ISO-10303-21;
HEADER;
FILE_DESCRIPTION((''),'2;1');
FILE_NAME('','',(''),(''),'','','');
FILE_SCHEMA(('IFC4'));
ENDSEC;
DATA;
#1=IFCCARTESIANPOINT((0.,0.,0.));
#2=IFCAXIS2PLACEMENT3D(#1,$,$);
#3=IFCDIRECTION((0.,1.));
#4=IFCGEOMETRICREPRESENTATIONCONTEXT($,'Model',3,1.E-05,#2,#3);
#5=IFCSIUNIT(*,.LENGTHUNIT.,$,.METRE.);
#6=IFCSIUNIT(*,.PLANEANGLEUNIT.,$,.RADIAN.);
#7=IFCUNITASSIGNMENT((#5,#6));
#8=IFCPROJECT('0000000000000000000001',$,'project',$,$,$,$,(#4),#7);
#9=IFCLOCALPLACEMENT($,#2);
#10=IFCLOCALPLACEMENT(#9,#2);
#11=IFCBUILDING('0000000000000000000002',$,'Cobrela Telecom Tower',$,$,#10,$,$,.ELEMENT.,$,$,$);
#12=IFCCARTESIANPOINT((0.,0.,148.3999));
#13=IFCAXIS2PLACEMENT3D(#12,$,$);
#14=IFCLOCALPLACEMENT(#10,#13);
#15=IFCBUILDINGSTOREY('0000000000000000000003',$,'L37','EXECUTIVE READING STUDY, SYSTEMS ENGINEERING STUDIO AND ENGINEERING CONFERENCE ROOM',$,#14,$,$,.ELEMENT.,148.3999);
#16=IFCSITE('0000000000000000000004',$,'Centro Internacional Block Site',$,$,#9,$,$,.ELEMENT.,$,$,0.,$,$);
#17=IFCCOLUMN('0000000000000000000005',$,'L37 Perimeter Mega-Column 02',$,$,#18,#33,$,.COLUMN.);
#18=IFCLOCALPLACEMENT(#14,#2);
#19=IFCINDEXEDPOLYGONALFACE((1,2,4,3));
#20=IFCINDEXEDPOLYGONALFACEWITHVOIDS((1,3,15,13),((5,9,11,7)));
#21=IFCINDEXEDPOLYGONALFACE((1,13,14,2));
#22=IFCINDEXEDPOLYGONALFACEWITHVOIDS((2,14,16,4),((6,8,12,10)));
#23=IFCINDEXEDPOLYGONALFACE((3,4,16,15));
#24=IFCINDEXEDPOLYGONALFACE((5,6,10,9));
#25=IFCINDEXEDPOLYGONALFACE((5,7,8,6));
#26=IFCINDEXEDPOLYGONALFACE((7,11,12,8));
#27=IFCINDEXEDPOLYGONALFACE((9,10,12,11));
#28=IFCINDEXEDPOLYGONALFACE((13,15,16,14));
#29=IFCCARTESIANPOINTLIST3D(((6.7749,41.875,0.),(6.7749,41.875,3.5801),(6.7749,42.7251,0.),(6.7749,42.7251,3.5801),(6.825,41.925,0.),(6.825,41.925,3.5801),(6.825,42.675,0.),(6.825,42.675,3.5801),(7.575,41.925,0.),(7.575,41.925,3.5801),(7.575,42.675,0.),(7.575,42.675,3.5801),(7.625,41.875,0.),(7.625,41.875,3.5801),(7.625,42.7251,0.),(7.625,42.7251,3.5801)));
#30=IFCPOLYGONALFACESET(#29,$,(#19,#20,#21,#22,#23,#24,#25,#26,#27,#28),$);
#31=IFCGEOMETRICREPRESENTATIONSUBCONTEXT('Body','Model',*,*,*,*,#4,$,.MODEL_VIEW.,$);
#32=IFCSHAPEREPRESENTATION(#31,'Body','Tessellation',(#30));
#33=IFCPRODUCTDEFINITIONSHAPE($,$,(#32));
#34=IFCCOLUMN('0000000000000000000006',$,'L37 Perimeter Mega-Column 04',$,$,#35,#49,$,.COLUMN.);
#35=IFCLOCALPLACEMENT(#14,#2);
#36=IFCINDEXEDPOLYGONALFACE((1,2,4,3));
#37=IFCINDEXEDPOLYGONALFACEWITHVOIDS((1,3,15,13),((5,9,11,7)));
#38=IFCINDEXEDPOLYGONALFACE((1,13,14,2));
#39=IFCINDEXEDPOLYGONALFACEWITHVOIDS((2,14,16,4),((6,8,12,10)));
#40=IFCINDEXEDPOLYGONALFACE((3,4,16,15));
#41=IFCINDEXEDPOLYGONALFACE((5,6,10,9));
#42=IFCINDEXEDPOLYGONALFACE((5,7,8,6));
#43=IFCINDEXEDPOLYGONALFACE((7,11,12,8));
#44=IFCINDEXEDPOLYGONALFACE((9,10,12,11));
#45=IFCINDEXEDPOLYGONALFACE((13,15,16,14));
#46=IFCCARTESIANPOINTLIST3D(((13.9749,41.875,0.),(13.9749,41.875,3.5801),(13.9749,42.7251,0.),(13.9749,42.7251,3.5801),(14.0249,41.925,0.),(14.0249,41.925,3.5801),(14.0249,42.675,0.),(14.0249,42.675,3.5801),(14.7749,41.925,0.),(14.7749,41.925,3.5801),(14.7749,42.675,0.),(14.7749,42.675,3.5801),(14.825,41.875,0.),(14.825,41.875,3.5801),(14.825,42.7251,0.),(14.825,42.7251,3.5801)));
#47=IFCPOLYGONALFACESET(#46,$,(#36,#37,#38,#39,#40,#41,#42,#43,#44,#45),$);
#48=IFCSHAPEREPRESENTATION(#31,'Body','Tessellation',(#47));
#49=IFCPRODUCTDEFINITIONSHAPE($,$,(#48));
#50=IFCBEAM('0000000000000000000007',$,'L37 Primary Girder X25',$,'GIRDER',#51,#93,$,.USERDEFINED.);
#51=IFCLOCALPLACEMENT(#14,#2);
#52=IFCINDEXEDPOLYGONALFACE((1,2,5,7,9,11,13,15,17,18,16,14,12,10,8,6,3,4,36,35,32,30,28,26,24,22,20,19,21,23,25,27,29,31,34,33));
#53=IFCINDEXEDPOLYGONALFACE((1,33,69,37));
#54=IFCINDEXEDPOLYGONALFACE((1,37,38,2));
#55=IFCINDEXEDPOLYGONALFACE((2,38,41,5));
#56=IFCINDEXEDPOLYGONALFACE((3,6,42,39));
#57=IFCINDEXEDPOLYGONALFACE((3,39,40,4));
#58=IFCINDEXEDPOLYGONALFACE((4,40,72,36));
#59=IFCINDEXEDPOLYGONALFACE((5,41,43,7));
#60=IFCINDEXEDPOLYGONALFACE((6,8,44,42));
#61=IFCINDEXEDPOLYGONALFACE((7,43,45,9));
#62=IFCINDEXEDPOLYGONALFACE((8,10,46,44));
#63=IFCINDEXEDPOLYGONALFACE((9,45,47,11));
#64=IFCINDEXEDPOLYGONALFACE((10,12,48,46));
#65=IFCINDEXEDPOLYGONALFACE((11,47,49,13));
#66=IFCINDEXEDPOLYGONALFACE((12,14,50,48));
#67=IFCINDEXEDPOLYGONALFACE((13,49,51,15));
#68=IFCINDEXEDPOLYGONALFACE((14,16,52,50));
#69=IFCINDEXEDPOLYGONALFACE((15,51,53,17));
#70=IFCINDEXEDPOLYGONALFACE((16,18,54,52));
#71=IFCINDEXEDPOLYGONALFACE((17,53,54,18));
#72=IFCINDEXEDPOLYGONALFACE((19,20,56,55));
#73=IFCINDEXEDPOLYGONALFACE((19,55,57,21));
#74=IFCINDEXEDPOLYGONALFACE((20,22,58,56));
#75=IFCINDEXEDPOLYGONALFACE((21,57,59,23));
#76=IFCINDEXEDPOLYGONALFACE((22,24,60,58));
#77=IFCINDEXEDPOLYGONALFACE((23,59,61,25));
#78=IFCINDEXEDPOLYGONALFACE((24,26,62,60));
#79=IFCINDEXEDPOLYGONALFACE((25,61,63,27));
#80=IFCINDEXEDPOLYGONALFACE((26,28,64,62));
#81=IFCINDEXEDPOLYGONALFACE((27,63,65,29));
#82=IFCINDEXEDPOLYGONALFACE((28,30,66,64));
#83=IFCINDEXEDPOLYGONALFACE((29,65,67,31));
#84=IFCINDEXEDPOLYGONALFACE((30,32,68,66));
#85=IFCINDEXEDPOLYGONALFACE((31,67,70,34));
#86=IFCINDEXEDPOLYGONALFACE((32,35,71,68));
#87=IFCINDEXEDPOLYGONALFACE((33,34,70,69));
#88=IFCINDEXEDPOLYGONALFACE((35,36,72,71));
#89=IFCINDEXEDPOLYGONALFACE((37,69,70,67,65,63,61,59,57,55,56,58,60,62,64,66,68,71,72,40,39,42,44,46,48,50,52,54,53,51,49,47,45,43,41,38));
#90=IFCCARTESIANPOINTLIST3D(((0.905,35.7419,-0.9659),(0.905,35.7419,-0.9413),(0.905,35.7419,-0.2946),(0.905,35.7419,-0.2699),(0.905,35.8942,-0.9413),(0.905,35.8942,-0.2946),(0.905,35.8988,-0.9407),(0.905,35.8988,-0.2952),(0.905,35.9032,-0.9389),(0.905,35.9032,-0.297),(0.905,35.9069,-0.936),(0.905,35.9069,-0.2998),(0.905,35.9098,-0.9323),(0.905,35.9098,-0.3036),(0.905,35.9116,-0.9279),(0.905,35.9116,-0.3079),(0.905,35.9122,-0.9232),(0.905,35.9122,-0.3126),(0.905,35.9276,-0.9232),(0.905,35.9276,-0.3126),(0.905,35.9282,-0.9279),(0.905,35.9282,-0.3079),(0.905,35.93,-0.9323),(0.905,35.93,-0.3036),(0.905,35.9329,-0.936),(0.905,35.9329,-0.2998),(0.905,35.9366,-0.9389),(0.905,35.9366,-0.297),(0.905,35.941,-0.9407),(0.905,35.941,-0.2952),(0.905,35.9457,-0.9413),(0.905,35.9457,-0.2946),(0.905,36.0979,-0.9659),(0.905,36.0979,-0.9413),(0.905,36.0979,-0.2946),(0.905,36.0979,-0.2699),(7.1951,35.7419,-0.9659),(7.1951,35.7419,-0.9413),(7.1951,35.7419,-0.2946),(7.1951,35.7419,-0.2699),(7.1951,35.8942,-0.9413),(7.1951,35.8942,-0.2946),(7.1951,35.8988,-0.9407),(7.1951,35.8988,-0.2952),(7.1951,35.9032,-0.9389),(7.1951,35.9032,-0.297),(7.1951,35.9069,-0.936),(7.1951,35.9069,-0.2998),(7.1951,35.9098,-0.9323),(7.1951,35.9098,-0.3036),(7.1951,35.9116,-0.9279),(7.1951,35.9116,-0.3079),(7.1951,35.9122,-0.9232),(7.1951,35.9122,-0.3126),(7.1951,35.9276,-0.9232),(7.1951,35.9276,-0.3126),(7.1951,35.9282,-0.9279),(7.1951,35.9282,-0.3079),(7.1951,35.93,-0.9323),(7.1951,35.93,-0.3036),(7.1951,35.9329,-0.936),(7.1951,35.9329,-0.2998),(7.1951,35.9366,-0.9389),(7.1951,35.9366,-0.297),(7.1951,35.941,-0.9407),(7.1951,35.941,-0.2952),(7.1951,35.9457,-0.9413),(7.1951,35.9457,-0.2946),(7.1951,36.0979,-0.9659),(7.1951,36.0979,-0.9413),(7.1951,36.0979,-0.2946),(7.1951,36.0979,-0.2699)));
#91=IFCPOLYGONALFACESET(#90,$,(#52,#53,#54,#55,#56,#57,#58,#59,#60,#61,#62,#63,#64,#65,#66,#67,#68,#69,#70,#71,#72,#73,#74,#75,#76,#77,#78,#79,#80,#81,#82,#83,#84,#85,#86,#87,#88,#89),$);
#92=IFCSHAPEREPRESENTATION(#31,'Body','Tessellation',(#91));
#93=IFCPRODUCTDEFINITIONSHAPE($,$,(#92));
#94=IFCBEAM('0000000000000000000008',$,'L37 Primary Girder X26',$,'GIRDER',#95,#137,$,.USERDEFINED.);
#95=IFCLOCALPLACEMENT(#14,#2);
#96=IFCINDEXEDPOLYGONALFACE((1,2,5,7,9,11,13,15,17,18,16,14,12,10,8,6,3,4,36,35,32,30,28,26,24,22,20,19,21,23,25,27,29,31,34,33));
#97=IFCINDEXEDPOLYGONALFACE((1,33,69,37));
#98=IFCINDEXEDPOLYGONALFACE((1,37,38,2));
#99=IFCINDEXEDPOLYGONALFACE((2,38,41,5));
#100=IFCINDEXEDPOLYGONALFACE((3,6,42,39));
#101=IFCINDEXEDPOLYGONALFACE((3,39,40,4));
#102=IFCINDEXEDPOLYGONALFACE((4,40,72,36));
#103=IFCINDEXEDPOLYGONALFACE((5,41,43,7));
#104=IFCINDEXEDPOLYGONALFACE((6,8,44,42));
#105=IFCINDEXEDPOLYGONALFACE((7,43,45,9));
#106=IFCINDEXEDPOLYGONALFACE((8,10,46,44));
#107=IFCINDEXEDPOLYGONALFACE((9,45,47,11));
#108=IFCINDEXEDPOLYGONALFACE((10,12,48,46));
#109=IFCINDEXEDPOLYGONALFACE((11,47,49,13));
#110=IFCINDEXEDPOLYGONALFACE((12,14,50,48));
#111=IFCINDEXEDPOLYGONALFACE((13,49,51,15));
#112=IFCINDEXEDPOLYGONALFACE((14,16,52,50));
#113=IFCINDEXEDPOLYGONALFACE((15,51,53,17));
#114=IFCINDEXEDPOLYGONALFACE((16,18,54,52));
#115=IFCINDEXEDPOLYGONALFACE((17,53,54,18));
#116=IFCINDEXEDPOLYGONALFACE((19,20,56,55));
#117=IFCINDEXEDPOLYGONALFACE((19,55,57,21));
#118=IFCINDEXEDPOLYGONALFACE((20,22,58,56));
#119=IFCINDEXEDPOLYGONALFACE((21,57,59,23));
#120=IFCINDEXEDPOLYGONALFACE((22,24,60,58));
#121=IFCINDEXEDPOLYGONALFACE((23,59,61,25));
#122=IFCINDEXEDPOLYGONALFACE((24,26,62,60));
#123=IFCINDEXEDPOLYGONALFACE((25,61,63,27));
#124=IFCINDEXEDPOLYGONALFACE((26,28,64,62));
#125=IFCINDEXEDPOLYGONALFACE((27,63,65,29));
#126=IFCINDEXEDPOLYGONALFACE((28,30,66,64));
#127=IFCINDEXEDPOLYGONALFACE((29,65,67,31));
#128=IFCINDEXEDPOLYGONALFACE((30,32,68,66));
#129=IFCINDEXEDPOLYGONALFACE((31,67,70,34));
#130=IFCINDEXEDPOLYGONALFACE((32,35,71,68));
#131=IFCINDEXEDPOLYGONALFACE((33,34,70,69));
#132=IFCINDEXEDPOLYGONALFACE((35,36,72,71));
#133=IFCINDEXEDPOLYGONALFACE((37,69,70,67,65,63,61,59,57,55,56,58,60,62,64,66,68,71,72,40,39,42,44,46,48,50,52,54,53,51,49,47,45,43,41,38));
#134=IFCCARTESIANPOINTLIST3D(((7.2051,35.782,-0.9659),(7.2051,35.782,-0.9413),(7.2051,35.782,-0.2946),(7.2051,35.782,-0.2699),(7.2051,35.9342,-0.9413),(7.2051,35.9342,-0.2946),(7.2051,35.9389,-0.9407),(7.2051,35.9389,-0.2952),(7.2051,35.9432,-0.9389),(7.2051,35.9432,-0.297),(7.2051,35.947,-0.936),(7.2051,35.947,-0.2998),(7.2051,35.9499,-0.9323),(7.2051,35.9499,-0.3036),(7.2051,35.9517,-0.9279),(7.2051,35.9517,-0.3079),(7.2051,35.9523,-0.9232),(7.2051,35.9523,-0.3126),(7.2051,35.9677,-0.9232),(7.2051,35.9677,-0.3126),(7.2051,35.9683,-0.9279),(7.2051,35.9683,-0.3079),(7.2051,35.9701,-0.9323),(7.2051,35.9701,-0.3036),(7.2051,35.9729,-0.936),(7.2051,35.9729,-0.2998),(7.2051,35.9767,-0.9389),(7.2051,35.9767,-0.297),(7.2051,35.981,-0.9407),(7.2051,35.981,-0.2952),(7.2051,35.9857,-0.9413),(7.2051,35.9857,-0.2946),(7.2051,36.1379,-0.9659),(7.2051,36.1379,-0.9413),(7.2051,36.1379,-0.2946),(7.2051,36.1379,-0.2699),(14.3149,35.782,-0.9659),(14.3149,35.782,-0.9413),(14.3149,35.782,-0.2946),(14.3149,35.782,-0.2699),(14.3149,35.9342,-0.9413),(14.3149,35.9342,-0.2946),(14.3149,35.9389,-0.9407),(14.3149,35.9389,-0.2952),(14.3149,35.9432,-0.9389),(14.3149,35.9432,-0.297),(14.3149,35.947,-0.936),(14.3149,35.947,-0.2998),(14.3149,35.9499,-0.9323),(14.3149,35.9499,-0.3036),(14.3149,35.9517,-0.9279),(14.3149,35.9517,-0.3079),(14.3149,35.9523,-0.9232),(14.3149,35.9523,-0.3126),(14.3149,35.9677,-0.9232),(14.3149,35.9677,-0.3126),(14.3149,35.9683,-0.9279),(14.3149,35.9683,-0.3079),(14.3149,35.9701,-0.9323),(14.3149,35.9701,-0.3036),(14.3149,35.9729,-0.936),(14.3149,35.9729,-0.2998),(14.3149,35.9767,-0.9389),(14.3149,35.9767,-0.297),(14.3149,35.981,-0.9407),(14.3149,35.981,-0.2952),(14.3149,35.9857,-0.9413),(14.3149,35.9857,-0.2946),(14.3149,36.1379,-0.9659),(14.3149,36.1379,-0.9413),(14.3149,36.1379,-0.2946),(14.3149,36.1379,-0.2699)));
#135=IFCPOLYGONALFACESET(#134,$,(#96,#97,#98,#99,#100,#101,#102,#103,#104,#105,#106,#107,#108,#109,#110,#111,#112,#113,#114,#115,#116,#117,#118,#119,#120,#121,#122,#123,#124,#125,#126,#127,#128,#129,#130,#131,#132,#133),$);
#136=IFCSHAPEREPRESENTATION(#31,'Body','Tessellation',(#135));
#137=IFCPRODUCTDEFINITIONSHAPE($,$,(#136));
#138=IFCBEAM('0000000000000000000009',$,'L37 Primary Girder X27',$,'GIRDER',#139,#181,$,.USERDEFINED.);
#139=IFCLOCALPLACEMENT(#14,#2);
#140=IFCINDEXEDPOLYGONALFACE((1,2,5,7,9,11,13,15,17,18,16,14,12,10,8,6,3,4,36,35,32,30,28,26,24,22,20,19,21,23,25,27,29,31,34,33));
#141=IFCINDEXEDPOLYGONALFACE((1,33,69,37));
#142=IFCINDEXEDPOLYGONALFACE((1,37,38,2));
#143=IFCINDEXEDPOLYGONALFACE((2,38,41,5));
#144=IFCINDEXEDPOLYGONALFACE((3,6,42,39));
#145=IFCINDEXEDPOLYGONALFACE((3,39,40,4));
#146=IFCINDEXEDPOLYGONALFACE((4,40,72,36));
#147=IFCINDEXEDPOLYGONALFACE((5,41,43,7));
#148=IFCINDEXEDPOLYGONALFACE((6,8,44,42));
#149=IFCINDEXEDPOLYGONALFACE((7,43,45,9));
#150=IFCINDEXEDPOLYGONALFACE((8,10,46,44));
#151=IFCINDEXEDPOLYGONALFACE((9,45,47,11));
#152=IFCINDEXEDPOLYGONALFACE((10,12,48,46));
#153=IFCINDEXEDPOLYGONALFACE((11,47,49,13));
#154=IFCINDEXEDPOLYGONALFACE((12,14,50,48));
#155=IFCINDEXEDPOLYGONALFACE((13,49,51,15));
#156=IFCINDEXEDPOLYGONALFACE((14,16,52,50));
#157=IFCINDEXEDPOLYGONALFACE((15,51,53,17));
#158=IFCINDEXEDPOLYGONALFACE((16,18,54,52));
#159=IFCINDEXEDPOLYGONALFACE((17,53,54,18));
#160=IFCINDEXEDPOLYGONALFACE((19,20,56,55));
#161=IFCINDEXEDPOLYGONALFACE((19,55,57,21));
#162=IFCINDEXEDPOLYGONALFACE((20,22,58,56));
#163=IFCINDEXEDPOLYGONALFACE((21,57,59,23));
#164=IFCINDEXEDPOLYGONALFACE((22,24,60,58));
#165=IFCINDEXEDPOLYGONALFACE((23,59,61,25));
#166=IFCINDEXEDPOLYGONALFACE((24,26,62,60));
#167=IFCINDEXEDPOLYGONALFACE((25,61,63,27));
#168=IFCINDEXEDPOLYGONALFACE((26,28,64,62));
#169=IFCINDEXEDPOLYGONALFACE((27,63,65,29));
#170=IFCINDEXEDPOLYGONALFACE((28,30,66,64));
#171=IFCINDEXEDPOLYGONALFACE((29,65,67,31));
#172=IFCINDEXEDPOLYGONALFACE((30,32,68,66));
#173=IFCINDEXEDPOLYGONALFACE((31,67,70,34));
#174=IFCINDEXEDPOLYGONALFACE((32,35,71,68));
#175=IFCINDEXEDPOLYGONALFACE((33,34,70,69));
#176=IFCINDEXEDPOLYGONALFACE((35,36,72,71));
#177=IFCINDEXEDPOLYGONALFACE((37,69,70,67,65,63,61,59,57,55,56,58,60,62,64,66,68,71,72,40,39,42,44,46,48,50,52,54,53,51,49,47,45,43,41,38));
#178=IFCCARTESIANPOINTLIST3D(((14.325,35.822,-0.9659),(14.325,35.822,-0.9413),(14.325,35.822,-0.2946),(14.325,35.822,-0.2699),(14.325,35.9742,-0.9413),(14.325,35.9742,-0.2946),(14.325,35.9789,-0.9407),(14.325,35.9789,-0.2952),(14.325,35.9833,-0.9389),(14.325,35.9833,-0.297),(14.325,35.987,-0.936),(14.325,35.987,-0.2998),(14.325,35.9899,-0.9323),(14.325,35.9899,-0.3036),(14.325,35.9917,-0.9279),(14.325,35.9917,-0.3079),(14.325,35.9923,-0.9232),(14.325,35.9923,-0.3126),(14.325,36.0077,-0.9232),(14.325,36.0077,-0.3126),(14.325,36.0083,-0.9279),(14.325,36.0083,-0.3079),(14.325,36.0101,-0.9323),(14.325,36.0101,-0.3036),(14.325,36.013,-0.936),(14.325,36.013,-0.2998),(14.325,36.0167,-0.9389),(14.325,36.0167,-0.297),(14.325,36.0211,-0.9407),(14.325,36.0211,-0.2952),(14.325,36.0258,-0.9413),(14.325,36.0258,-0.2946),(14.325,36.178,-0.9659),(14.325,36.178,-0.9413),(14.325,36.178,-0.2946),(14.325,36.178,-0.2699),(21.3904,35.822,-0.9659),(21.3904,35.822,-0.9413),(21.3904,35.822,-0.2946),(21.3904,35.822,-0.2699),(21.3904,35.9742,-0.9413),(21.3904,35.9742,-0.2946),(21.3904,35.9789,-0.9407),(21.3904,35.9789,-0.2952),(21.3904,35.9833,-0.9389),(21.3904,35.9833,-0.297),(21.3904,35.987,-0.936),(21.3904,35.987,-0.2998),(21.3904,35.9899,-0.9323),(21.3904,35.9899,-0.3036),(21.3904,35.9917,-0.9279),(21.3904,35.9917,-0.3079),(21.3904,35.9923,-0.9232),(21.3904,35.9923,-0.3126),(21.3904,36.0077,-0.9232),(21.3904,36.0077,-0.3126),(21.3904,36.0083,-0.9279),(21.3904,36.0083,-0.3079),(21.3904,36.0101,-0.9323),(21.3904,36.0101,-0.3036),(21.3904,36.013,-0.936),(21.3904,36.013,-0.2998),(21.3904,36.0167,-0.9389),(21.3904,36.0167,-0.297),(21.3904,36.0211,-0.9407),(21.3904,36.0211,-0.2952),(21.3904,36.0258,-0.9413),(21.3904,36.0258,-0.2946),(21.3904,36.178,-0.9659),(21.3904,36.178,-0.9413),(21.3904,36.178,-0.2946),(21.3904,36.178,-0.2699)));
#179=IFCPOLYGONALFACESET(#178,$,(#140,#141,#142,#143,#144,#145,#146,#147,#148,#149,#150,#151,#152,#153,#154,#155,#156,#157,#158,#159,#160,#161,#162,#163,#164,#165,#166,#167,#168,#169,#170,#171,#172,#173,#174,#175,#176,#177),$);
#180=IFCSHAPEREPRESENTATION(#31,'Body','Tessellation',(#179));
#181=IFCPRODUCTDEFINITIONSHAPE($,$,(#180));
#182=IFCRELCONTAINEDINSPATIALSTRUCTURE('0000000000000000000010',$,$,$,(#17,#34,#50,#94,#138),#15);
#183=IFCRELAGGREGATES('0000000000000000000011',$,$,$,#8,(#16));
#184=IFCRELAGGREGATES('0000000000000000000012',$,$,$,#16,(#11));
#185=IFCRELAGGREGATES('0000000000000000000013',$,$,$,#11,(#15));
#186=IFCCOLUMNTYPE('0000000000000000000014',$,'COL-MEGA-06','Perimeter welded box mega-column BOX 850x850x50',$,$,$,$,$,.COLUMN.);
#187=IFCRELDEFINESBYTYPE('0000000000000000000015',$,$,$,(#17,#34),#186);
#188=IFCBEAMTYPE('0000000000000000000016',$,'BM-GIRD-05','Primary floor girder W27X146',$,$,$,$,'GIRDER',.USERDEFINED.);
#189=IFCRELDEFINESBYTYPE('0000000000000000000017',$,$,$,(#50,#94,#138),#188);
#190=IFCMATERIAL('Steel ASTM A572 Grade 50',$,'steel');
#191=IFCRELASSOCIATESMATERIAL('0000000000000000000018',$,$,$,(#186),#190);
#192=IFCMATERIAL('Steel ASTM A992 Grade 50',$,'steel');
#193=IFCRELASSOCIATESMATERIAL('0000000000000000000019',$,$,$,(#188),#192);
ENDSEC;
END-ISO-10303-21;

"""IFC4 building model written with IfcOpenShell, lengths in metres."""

from ifc_helpers import new_model, si_unit, direction, frame, origin, origin_2d, place, context, subcontext, project, spatial, hollow_rectangle, i_section, extrude, material, material_profile, profile_set, type_object, element, save


model = new_model("IFC4")

# Units and contexts
model_context = context("Model", 3, precision=1e-05, world=origin(), true_north=direction((0.0, 1.0)))
body_context = subcontext(model_context, "Body", "Model", "MODEL_VIEW")
ifc_project = project(units=[si_unit("LENGTHUNIT", "METRE"), si_unit("PLANEANGLEUNIT", "RADIAN")], contexts=[model_context])

# Site, building, storey
site_placement = place(None, origin())
site = spatial("IfcSite", under=ifc_project, at=site_placement, Name="Centro Internacional Block Site", CompositionType="ELEMENT", RefElevation=0.0)
building_placement = place(site_placement, origin())
building = spatial("IfcBuilding", under=site, at=building_placement, Name="Cobrela Telecom Tower", CompositionType="ELEMENT")
storey_placement = place(building_placement, frame((0.0, 0.0, 148.3999)))
storey = spatial("IfcBuildingStorey", under=building, at=storey_placement, Name="L37", Description="EXECUTIVE READING STUDY, SYSTEMS ENGINEERING STUDIO AND ENGINEERING CONFERENCE ROOM", CompositionType="ELEMENT", Elevation=148.3999)

# Columns
ifc_material_1 = material(Name="Steel ASTM A572 Grade 50", Category="steel")
ifc_material_profile_1 = material_profile(ifc_material_1, hollow_rectangle(XDim=0.8501, YDim=0.8501, WallThickness=0.05, at=origin_2d()), Name="BOX 850x850x50")
ifc_profile_set_1 = profile_set([ifc_material_profile_1], Name="Steel ASTM A572 Grade 50")
column_type = type_object("IfcColumnType", Name="COL-MEGA-06", Description="Perimeter welded box mega-column BOX 850x850x50", PredefinedType="COLUMN", material=ifc_profile_set_1)
for number, where, z_axis, x_axis, name in (
    (1, (7.2, 42.3, 0.0), (0.0, 0.0, 1.0), (1.0, 0.0, 0.0), "L37 Perimeter Mega-Column 02"),
    (2, (14.3999, 42.3, 0.0), (0.0, 0.0, 1.0), (1.0, 0.0, 0.0), "L37 Perimeter Mega-Column 04"),
):
    element("IfcColumn", number, at=place(storey_placement, frame(where, z_axis=z_axis, x_axis=x_axis)), inside=storey, type_object=column_type, Name=name, PredefinedType="COLUMN", context=body_context, shape_type="SweptSolid", body=[
        extrude(hollow_rectangle(XDim=0.8501, YDim=0.8501, WallThickness=0.05, at=origin_2d()), origin(), (0.0, 0.0, 1.0), 3.5801),
    ])

# Beams
ifc_material_2 = material(Name="Steel ASTM A992 Grade 50", Category="steel")
ifc_material_profile_2 = material_profile(ifc_material_2, i_section(OverallWidth=0.356, OverallDepth=0.696, WebThickness=0.0154, FlangeThickness=0.0247, FilletRadius=0.0181, at=origin_2d()), Name="W27X146")
ifc_profile_set_2 = profile_set([ifc_material_profile_2], Name="Steel ASTM A992 Grade 50")
beam_type_1 = type_object("IfcBeamType", Name="BM-GIRD-05", Description="Primary floor girder W27X146", ElementType="GIRDER", PredefinedType="USERDEFINED", material=ifc_profile_set_2)
beam_1_placement = place(storey_placement, frame((0.905, 35.9199, -0.6179), z_axis=(1.0, 0.0, 0.0), x_axis=(0.0, 1.0, 0.0)))
element("IfcBeam", 3, at=beam_1_placement, inside=storey, type_object=beam_type_1, Name="L37 Primary Girder X25", ObjectType="GIRDER", PredefinedType="USERDEFINED", context=body_context, shape_type="SweptSolid", body=[
    extrude(i_section(OverallWidth=0.356, OverallDepth=0.696, WebThickness=0.0154, FlangeThickness=0.0247, FilletRadius=0.0181, at=origin_2d()), origin(), (0.0, 0.0, 1.0), 6.29),
])
beam_2_placement = place(storey_placement, frame((7.2051, 35.96, -0.6179), z_axis=(1.0, 0.0, 0.0), x_axis=(0.0, 1.0, 0.0)))
element("IfcBeam", 4, at=beam_2_placement, inside=storey, type_object=beam_type_1, Name="L37 Primary Girder X26", ObjectType="GIRDER", PredefinedType="USERDEFINED", context=body_context, shape_type="SweptSolid", body=[
    extrude(i_section(OverallWidth=0.356, OverallDepth=0.696, WebThickness=0.0154, FlangeThickness=0.0247, FilletRadius=0.0181, at=origin_2d()), origin(), (0.0, 0.0, 1.0), 7.1099),
])
beam_3_placement = place(storey_placement, frame((14.325, 36.0, -0.6179), z_axis=(1.0, 0.0, 0.0), x_axis=(0.0, 1.0, 0.0)))
element("IfcBeam", 5, at=beam_3_placement, inside=storey, type_object=beam_type_1, Name="L37 Primary Girder X27", ObjectType="GIRDER", PredefinedType="USERDEFINED", context=body_context, shape_type="SweptSolid", body=[
    extrude(i_section(OverallWidth=0.356, OverallDepth=0.696, WebThickness=0.0154, FlangeThickness=0.0247, FilletRadius=0.0181, at=origin_2d()), origin(), (0.0, 0.0, 1.0), 7.0654),
])

save(model, "model.ifc")
